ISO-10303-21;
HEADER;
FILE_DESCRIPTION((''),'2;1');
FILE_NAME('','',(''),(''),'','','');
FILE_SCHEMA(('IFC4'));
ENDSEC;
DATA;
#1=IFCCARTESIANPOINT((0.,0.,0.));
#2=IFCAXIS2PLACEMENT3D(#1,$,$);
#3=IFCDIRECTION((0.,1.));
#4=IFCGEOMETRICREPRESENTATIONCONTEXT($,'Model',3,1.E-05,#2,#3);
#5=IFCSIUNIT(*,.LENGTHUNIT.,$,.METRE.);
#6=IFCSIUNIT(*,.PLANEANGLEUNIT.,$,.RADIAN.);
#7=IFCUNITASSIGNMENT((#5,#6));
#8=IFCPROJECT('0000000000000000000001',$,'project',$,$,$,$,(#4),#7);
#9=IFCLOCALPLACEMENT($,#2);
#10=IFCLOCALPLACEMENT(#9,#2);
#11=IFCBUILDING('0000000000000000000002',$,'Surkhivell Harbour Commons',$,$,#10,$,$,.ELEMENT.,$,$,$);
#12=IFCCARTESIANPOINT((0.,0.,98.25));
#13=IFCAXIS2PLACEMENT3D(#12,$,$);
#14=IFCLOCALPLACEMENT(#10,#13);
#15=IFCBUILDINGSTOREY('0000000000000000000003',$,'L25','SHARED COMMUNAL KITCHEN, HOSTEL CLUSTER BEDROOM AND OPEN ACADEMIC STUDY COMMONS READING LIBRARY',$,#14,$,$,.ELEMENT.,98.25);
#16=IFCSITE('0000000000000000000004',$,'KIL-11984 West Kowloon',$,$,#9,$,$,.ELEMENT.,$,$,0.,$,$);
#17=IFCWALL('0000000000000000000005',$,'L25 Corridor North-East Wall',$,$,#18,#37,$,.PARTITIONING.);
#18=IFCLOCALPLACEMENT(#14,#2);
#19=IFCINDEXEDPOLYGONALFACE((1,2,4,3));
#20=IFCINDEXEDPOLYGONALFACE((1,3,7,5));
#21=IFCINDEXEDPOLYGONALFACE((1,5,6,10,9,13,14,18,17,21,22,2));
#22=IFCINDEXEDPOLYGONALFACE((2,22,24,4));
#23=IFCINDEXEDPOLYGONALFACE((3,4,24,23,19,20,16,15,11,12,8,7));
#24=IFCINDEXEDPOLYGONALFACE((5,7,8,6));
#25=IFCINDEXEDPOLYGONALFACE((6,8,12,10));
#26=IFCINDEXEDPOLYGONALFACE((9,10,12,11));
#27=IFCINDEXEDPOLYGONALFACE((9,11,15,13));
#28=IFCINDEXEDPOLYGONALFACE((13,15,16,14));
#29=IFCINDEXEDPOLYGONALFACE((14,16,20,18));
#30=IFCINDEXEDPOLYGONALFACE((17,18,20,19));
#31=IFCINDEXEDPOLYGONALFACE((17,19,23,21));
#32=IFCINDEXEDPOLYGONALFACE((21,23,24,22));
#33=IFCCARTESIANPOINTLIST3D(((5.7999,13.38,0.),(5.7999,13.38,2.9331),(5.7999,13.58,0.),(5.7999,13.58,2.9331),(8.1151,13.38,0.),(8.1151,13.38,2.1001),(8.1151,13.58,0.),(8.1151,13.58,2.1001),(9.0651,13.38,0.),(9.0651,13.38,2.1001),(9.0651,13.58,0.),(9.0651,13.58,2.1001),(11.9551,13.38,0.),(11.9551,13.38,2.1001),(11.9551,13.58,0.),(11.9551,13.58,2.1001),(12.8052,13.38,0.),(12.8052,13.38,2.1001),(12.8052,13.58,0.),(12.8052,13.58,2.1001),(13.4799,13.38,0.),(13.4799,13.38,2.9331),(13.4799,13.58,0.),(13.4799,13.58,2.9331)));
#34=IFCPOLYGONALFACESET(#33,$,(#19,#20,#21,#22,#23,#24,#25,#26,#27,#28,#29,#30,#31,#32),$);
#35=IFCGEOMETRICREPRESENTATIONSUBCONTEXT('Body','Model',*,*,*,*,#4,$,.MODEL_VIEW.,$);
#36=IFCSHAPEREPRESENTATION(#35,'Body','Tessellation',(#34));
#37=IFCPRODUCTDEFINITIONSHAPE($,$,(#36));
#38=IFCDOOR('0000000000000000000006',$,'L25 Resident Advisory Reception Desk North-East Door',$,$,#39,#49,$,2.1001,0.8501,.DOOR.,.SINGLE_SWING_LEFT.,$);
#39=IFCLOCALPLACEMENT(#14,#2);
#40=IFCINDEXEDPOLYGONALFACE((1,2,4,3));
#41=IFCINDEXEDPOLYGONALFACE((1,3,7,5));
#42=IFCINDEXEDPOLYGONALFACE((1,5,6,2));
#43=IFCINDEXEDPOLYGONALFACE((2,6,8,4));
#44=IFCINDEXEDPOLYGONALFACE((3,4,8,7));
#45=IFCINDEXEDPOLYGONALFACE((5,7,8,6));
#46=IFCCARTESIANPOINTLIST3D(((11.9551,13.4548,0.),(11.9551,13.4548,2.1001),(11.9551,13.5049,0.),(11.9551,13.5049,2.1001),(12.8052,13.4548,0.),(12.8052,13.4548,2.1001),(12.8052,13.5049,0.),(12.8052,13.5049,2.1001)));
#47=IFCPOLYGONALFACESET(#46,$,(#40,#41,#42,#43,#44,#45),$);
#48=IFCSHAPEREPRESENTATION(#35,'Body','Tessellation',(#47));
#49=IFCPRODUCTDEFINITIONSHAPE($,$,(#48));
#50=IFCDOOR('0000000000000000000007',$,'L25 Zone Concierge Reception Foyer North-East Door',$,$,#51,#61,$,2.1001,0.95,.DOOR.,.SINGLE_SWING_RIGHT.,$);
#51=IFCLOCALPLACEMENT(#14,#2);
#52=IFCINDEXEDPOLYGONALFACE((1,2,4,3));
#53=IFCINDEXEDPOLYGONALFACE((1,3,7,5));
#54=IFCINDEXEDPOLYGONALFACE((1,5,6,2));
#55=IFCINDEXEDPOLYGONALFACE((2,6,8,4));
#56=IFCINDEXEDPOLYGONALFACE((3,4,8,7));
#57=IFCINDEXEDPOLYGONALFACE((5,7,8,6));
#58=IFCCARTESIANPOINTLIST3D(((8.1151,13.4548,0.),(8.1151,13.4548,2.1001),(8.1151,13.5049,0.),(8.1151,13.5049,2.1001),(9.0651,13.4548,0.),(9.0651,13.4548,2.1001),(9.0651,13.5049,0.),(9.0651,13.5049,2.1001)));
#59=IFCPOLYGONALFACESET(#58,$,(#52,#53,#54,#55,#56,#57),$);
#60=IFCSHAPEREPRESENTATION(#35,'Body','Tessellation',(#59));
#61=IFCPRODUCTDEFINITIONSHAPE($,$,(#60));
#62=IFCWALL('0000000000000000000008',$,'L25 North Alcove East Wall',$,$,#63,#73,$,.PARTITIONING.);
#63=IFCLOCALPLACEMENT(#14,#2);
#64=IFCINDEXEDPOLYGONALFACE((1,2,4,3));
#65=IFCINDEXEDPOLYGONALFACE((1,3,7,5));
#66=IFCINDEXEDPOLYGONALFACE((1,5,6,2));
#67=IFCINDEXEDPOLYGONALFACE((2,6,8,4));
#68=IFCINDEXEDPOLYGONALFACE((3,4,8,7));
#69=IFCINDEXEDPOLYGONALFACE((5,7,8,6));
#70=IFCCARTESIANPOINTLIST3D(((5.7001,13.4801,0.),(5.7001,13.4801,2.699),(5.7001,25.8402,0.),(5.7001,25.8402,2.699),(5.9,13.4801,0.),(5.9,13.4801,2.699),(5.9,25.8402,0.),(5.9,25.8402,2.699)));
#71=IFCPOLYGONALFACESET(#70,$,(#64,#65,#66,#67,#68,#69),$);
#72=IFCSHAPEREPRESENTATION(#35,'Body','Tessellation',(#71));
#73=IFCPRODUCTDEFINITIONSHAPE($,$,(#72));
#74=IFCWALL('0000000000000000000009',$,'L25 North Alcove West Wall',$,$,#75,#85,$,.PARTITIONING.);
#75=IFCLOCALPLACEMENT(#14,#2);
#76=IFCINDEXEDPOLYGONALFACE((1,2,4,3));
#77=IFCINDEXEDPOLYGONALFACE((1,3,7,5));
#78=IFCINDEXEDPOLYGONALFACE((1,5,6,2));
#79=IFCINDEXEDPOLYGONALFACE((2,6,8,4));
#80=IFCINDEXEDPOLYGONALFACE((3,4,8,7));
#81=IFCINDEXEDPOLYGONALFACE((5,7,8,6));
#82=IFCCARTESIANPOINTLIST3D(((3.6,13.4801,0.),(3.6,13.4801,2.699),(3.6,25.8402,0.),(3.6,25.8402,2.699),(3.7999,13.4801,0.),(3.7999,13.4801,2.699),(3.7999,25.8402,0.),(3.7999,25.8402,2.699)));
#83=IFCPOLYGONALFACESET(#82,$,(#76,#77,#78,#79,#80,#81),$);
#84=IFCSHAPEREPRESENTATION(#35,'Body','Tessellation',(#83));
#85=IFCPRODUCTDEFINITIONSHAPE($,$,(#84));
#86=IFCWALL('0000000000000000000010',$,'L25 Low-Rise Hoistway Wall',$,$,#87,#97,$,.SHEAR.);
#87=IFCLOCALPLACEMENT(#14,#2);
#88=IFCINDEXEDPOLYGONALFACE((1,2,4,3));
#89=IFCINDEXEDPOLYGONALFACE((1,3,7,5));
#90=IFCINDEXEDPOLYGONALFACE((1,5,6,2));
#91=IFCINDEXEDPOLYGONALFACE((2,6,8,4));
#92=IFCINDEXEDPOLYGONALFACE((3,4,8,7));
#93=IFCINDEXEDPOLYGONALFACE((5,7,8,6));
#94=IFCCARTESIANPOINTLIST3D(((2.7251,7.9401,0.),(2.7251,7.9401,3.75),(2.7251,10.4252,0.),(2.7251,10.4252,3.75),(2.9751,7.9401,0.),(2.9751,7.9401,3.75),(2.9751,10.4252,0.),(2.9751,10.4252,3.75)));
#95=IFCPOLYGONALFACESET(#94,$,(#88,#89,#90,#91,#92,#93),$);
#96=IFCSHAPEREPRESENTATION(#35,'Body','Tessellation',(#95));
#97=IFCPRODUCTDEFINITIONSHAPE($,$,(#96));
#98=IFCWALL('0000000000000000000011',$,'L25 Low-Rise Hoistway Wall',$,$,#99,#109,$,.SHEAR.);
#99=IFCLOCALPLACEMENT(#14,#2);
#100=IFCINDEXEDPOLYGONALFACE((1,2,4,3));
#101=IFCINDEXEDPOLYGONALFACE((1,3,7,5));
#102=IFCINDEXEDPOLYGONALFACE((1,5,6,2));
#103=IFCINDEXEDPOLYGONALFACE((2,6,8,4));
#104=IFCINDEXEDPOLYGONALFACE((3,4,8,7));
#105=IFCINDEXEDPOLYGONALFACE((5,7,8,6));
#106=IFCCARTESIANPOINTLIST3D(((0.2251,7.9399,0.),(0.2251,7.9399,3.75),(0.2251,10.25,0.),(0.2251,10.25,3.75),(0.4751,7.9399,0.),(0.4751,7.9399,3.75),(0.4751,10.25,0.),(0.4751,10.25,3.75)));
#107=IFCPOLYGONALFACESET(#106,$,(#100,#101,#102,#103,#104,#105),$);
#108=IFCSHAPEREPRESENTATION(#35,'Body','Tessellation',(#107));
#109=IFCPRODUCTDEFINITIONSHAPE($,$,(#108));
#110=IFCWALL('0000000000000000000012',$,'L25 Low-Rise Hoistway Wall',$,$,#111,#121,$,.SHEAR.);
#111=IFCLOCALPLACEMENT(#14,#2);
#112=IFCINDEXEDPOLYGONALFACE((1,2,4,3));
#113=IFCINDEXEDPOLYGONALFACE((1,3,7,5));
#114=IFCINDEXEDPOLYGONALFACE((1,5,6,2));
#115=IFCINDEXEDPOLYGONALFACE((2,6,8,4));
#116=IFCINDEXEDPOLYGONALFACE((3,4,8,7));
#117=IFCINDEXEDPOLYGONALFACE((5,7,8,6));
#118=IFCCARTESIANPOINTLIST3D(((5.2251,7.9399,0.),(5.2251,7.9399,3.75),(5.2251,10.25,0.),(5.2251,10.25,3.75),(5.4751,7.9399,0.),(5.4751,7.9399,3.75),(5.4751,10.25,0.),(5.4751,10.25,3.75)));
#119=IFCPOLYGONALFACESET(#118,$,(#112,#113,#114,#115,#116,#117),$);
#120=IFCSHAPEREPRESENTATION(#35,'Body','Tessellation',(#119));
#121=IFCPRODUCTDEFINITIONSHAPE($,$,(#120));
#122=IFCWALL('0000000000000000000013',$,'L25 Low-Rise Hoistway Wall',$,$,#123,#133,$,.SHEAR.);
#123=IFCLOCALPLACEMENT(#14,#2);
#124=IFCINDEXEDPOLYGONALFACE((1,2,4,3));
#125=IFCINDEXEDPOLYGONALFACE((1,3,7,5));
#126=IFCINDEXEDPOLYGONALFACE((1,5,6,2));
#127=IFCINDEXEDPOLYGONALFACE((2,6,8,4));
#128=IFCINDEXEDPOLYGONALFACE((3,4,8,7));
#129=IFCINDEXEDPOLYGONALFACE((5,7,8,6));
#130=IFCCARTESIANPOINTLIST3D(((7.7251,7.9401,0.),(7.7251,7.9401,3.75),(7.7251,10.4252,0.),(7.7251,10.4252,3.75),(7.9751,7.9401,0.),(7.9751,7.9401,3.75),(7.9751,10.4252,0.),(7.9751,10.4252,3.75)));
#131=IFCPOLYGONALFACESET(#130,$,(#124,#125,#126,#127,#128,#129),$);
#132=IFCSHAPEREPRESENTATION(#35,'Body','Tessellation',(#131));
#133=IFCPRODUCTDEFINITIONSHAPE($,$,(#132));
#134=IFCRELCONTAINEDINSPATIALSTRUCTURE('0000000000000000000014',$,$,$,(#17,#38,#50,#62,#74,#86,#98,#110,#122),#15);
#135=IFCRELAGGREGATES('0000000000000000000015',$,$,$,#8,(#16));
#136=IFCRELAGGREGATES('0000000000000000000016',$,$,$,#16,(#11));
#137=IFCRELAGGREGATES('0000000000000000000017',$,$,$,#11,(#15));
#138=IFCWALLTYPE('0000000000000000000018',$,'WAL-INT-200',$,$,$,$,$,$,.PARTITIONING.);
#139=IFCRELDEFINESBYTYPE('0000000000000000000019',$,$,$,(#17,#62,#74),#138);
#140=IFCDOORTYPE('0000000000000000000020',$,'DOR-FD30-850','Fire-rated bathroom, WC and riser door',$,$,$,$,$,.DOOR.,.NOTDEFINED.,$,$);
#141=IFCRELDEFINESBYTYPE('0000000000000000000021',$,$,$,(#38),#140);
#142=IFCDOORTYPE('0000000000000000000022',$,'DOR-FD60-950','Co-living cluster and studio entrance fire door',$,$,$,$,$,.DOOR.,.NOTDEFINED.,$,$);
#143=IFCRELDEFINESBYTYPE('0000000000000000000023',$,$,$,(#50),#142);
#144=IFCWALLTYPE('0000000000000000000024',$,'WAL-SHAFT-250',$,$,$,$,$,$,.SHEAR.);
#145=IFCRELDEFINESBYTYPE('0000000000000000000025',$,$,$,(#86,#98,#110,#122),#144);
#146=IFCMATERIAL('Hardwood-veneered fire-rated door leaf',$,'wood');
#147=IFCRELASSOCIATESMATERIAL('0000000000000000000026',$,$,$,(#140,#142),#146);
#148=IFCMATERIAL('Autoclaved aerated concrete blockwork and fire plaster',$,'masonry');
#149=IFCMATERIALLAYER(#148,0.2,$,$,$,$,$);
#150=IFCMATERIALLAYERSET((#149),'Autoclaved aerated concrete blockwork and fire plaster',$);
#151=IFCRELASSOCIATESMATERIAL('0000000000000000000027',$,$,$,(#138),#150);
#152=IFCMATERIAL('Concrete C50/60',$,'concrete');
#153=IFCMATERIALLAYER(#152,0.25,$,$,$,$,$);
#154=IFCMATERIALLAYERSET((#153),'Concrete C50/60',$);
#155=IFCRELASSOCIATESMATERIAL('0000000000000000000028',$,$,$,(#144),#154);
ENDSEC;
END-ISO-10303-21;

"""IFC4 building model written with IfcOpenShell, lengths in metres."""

from ifc_helpers import new_model, si_unit, direction, frame, frame_2d, origin, place, context, subcontext, project, spatial, rectangle, extrude, material, layer, layer_set, type_object, element, fill, save


model = new_model("IFC4")

# Units and contexts
model_context = context("Model", 3, precision=1e-05, world=origin(), true_north=direction((0.0, 1.0)))
body_context = subcontext(model_context, "Body", "Model", "MODEL_VIEW")
ifc_project = project(units=[si_unit("LENGTHUNIT", "METRE"), si_unit("PLANEANGLEUNIT", "RADIAN")], contexts=[model_context])

# Site, building, storey
site_placement = place(None, origin())
site = spatial("IfcSite", under=ifc_project, at=site_placement, Name="KIL-11984 West Kowloon", CompositionType="ELEMENT", RefElevation=0.0)
building_placement = place(site_placement, origin())
building = spatial("IfcBuilding", under=site, at=building_placement, Name="Surkhivell Harbour Commons", CompositionType="ELEMENT")
storey_placement = place(building_placement, frame((0.0, 0.0, 98.25)))
storey = spatial("IfcBuildingStorey", under=building, at=storey_placement, Name="L25", Description="SHARED COMMUNAL KITCHEN, HOSTEL CLUSTER BEDROOM AND OPEN ACADEMIC STUDY COMMONS READING LIBRARY", CompositionType="ELEMENT", Elevation=98.25)

# Shared definitions
ifc_material_1 = material(Name="Hardwood-veneered fire-rated door leaf", Category="wood")

# Shared definitions
door_type_1 = type_object("IfcDoorType", Name="DOR-FD30-850", Description="Fire-rated bathroom, WC and riser door", OperationType="NOTDEFINED", PredefinedType="DOOR", material=ifc_material_1)

# Wall, openings, doors
ifc_material_2 = material(Name="Autoclaved aerated concrete blockwork and fire plaster", Category="masonry")
ifc_layer_1 = layer(ifc_material_2, 0.2)
ifc_layer_set_1 = layer_set([ifc_layer_1], Name="Autoclaved aerated concrete blockwork and fire plaster")
wall_type_1 = type_object("IfcWallType", Name="WAL-INT-200", PredefinedType="PARTITIONING", material=ifc_layer_set_1)
wall_1_placement = place(storey_placement, frame((5.8, 13.48, 0.0), z_axis=(0.0, 0.0, 1.0), x_axis=(1.0, 0.0, 0.0)))
wall_1 = element("IfcWall", 1, at=wall_1_placement, inside=storey, type_object=wall_type_1, Name="L25 Corridor North-East Wall", PredefinedType="PARTITIONING", context=body_context, shape_type="SweptSolid", body=[
    extrude(rectangle(XDim=7.6799, YDim=0.2, at=frame_2d((3.8398, 0.0))), origin(), (0.0, 0.0, 1.0), 2.9331),
])
opening_1_placement = place(wall_1_placement, frame((2.3149, 0.0, 0.0)))
opening_1 = element("IfcOpeningElement", 2, at=opening_1_placement, cuts=wall_1, PredefinedType="OPENING", context=body_context, shape_type="SweptSolid", body=[
    extrude(rectangle(XDim=0.95, YDim=2.1001, at=frame_2d((0.4751, 1.05))), frame((0.0, 0.1099, 0.0), z_axis=(0.0, -1.0, 0.0), x_axis=(1.0, 0.0, 0.0)), (0.0, 0.0, 1.0), 0.22),
])
opening_2_placement = place(wall_1_placement, frame((6.155, 0.0, 0.0)))
opening_2 = element("IfcOpeningElement", 3, at=opening_2_placement, cuts=wall_1, PredefinedType="OPENING", context=body_context, shape_type="SweptSolid", body=[
    extrude(rectangle(XDim=0.8501, YDim=2.1001, at=frame_2d((0.425, 1.05))), frame((0.0, 0.1099, 0.0), z_axis=(0.0, -1.0, 0.0), x_axis=(1.0, 0.0, 0.0)), (0.0, 0.0, 1.0), 0.22),
])
door_1_placement = place(opening_2_placement, origin())
door_1 = element("IfcDoor", 4, at=door_1_placement, inside=storey, type_object=door_type_1, Name="L25 Resident Advisory Reception Desk North-East Door", OperationType="SINGLE_SWING_LEFT", OverallHeight=2.1001, OverallWidth=0.8501, PredefinedType="DOOR", context=body_context, shape_type="SweptSolid", body=[
    extrude(rectangle(XDim=0.8501, YDim=2.1001, at=frame_2d((0.425, 1.05))), frame((0.0, 0.0249, 0.0), z_axis=(0.0, -1.0, 0.0), x_axis=(1.0, 0.0, 0.0)), (0.0, 0.0, 1.0), 0.05),
])
fill(opening_2, door_1)
door_type_2 = type_object("IfcDoorType", Name="DOR-FD60-950", Description="Co-living cluster and studio entrance fire door", OperationType="NOTDEFINED", PredefinedType="DOOR", material=ifc_material_1)
door_2_placement = place(opening_1_placement, origin())
door_2 = element("IfcDoor", 5, at=door_2_placement, inside=storey, type_object=door_type_2, Name="L25 Zone Concierge Reception Foyer North-East Door", OperationType="SINGLE_SWING_RIGHT", OverallHeight=2.1001, OverallWidth=0.95, PredefinedType="DOOR", context=body_context, shape_type="SweptSolid", body=[
    extrude(rectangle(XDim=0.95, YDim=2.1001, at=frame_2d((0.4751, 1.05))), frame((0.0, 0.0249, 0.0), z_axis=(0.0, -1.0, 0.0), x_axis=(1.0, 0.0, 0.0)), (0.0, 0.0, 1.0), 0.05),
])
fill(opening_1, door_2)

# Walls
for number, where, z_axis, x_axis, name in (
    (6, (5.8, 13.48, 0.0), (0.0, 0.0, 1.0), (0.0, 1.0, 0.0), "L25 North Alcove East Wall"),
    (7, (3.7, 13.48, 0.0), (0.0, 0.0, 1.0), (0.0, 1.0, 0.0), "L25 North Alcove West Wall"),
):
    element("IfcWall", number, at=place(storey_placement, frame(where, z_axis=z_axis, x_axis=x_axis)), inside=storey, type_object=wall_type_1, Name=name, PredefinedType="PARTITIONING", context=body_context, shape_type="SweptSolid", body=[
        extrude(rectangle(XDim=12.3601, YDim=0.2, at=frame_2d((6.1802, 0.0))), origin(), (0.0, 0.0, 1.0), 2.699),
    ])
ifc_material_3 = material(Name="Concrete C50/60", Category="concrete")
ifc_layer_2 = layer(ifc_material_3, 0.25)
ifc_layer_set_2 = layer_set([ifc_layer_2], Name="Concrete C50/60")
wall_type_2 = type_object("IfcWallType", Name="WAL-SHAFT-250", PredefinedType="SHEAR", material=ifc_layer_set_2)
wall_2_placement = place(storey_placement, frame((2.8501, 7.9399, 0.0), z_axis=(0.0, 0.0, 1.0), x_axis=(0.0, 1.0, 0.0)))
element("IfcWall", 8, at=wall_2_placement, inside=storey, type_object=wall_type_2, Name="L25 Low-Rise Hoistway Wall", PredefinedType="SHEAR", context=body_context, shape_type="SweptSolid", body=[
    extrude(rectangle(XDim=2.4851, YDim=0.25, at=frame_2d((1.2427, 0.0))), origin(), (0.0, 0.0, 1.0), 3.75),
])
for number, where, z_axis, x_axis, name in (
    (9, (0.3501, 7.9399, 0.0), (0.0, 0.0, 1.0), (0.0, 1.0, 0.0), "L25 Low-Rise Hoistway Wall"),
    (10, (5.3501, 7.9399, 0.0), (0.0, 0.0, 1.0), (0.0, 1.0, 0.0), "L25 Low-Rise Hoistway Wall"),
):
    element("IfcWall", number, at=place(storey_placement, frame(where, z_axis=z_axis, x_axis=x_axis)), inside=storey, type_object=wall_type_2, Name=name, PredefinedType="SHEAR", context=body_context, shape_type="SweptSolid", body=[
        extrude(rectangle(XDim=2.3101, YDim=0.25, at=frame_2d((1.155, 0.0))), origin(), (0.0, 0.0, 1.0), 3.75),
    ])
wall_3_placement = place(storey_placement, frame((7.8501, 7.9399, 0.0), z_axis=(0.0, 0.0, 1.0), x_axis=(0.0, 1.0, 0.0)))
element("IfcWall", 11, at=wall_3_placement, inside=storey, type_object=wall_type_2, Name="L25 Low-Rise Hoistway Wall", PredefinedType="SHEAR", context=body_context, shape_type="SweptSolid", body=[
    extrude(rectangle(XDim=2.4851, YDim=0.25, at=frame_2d((1.2427, 0.0))), origin(), (0.0, 0.0, 1.0), 3.75),
])

save(model, "model.ifc")
